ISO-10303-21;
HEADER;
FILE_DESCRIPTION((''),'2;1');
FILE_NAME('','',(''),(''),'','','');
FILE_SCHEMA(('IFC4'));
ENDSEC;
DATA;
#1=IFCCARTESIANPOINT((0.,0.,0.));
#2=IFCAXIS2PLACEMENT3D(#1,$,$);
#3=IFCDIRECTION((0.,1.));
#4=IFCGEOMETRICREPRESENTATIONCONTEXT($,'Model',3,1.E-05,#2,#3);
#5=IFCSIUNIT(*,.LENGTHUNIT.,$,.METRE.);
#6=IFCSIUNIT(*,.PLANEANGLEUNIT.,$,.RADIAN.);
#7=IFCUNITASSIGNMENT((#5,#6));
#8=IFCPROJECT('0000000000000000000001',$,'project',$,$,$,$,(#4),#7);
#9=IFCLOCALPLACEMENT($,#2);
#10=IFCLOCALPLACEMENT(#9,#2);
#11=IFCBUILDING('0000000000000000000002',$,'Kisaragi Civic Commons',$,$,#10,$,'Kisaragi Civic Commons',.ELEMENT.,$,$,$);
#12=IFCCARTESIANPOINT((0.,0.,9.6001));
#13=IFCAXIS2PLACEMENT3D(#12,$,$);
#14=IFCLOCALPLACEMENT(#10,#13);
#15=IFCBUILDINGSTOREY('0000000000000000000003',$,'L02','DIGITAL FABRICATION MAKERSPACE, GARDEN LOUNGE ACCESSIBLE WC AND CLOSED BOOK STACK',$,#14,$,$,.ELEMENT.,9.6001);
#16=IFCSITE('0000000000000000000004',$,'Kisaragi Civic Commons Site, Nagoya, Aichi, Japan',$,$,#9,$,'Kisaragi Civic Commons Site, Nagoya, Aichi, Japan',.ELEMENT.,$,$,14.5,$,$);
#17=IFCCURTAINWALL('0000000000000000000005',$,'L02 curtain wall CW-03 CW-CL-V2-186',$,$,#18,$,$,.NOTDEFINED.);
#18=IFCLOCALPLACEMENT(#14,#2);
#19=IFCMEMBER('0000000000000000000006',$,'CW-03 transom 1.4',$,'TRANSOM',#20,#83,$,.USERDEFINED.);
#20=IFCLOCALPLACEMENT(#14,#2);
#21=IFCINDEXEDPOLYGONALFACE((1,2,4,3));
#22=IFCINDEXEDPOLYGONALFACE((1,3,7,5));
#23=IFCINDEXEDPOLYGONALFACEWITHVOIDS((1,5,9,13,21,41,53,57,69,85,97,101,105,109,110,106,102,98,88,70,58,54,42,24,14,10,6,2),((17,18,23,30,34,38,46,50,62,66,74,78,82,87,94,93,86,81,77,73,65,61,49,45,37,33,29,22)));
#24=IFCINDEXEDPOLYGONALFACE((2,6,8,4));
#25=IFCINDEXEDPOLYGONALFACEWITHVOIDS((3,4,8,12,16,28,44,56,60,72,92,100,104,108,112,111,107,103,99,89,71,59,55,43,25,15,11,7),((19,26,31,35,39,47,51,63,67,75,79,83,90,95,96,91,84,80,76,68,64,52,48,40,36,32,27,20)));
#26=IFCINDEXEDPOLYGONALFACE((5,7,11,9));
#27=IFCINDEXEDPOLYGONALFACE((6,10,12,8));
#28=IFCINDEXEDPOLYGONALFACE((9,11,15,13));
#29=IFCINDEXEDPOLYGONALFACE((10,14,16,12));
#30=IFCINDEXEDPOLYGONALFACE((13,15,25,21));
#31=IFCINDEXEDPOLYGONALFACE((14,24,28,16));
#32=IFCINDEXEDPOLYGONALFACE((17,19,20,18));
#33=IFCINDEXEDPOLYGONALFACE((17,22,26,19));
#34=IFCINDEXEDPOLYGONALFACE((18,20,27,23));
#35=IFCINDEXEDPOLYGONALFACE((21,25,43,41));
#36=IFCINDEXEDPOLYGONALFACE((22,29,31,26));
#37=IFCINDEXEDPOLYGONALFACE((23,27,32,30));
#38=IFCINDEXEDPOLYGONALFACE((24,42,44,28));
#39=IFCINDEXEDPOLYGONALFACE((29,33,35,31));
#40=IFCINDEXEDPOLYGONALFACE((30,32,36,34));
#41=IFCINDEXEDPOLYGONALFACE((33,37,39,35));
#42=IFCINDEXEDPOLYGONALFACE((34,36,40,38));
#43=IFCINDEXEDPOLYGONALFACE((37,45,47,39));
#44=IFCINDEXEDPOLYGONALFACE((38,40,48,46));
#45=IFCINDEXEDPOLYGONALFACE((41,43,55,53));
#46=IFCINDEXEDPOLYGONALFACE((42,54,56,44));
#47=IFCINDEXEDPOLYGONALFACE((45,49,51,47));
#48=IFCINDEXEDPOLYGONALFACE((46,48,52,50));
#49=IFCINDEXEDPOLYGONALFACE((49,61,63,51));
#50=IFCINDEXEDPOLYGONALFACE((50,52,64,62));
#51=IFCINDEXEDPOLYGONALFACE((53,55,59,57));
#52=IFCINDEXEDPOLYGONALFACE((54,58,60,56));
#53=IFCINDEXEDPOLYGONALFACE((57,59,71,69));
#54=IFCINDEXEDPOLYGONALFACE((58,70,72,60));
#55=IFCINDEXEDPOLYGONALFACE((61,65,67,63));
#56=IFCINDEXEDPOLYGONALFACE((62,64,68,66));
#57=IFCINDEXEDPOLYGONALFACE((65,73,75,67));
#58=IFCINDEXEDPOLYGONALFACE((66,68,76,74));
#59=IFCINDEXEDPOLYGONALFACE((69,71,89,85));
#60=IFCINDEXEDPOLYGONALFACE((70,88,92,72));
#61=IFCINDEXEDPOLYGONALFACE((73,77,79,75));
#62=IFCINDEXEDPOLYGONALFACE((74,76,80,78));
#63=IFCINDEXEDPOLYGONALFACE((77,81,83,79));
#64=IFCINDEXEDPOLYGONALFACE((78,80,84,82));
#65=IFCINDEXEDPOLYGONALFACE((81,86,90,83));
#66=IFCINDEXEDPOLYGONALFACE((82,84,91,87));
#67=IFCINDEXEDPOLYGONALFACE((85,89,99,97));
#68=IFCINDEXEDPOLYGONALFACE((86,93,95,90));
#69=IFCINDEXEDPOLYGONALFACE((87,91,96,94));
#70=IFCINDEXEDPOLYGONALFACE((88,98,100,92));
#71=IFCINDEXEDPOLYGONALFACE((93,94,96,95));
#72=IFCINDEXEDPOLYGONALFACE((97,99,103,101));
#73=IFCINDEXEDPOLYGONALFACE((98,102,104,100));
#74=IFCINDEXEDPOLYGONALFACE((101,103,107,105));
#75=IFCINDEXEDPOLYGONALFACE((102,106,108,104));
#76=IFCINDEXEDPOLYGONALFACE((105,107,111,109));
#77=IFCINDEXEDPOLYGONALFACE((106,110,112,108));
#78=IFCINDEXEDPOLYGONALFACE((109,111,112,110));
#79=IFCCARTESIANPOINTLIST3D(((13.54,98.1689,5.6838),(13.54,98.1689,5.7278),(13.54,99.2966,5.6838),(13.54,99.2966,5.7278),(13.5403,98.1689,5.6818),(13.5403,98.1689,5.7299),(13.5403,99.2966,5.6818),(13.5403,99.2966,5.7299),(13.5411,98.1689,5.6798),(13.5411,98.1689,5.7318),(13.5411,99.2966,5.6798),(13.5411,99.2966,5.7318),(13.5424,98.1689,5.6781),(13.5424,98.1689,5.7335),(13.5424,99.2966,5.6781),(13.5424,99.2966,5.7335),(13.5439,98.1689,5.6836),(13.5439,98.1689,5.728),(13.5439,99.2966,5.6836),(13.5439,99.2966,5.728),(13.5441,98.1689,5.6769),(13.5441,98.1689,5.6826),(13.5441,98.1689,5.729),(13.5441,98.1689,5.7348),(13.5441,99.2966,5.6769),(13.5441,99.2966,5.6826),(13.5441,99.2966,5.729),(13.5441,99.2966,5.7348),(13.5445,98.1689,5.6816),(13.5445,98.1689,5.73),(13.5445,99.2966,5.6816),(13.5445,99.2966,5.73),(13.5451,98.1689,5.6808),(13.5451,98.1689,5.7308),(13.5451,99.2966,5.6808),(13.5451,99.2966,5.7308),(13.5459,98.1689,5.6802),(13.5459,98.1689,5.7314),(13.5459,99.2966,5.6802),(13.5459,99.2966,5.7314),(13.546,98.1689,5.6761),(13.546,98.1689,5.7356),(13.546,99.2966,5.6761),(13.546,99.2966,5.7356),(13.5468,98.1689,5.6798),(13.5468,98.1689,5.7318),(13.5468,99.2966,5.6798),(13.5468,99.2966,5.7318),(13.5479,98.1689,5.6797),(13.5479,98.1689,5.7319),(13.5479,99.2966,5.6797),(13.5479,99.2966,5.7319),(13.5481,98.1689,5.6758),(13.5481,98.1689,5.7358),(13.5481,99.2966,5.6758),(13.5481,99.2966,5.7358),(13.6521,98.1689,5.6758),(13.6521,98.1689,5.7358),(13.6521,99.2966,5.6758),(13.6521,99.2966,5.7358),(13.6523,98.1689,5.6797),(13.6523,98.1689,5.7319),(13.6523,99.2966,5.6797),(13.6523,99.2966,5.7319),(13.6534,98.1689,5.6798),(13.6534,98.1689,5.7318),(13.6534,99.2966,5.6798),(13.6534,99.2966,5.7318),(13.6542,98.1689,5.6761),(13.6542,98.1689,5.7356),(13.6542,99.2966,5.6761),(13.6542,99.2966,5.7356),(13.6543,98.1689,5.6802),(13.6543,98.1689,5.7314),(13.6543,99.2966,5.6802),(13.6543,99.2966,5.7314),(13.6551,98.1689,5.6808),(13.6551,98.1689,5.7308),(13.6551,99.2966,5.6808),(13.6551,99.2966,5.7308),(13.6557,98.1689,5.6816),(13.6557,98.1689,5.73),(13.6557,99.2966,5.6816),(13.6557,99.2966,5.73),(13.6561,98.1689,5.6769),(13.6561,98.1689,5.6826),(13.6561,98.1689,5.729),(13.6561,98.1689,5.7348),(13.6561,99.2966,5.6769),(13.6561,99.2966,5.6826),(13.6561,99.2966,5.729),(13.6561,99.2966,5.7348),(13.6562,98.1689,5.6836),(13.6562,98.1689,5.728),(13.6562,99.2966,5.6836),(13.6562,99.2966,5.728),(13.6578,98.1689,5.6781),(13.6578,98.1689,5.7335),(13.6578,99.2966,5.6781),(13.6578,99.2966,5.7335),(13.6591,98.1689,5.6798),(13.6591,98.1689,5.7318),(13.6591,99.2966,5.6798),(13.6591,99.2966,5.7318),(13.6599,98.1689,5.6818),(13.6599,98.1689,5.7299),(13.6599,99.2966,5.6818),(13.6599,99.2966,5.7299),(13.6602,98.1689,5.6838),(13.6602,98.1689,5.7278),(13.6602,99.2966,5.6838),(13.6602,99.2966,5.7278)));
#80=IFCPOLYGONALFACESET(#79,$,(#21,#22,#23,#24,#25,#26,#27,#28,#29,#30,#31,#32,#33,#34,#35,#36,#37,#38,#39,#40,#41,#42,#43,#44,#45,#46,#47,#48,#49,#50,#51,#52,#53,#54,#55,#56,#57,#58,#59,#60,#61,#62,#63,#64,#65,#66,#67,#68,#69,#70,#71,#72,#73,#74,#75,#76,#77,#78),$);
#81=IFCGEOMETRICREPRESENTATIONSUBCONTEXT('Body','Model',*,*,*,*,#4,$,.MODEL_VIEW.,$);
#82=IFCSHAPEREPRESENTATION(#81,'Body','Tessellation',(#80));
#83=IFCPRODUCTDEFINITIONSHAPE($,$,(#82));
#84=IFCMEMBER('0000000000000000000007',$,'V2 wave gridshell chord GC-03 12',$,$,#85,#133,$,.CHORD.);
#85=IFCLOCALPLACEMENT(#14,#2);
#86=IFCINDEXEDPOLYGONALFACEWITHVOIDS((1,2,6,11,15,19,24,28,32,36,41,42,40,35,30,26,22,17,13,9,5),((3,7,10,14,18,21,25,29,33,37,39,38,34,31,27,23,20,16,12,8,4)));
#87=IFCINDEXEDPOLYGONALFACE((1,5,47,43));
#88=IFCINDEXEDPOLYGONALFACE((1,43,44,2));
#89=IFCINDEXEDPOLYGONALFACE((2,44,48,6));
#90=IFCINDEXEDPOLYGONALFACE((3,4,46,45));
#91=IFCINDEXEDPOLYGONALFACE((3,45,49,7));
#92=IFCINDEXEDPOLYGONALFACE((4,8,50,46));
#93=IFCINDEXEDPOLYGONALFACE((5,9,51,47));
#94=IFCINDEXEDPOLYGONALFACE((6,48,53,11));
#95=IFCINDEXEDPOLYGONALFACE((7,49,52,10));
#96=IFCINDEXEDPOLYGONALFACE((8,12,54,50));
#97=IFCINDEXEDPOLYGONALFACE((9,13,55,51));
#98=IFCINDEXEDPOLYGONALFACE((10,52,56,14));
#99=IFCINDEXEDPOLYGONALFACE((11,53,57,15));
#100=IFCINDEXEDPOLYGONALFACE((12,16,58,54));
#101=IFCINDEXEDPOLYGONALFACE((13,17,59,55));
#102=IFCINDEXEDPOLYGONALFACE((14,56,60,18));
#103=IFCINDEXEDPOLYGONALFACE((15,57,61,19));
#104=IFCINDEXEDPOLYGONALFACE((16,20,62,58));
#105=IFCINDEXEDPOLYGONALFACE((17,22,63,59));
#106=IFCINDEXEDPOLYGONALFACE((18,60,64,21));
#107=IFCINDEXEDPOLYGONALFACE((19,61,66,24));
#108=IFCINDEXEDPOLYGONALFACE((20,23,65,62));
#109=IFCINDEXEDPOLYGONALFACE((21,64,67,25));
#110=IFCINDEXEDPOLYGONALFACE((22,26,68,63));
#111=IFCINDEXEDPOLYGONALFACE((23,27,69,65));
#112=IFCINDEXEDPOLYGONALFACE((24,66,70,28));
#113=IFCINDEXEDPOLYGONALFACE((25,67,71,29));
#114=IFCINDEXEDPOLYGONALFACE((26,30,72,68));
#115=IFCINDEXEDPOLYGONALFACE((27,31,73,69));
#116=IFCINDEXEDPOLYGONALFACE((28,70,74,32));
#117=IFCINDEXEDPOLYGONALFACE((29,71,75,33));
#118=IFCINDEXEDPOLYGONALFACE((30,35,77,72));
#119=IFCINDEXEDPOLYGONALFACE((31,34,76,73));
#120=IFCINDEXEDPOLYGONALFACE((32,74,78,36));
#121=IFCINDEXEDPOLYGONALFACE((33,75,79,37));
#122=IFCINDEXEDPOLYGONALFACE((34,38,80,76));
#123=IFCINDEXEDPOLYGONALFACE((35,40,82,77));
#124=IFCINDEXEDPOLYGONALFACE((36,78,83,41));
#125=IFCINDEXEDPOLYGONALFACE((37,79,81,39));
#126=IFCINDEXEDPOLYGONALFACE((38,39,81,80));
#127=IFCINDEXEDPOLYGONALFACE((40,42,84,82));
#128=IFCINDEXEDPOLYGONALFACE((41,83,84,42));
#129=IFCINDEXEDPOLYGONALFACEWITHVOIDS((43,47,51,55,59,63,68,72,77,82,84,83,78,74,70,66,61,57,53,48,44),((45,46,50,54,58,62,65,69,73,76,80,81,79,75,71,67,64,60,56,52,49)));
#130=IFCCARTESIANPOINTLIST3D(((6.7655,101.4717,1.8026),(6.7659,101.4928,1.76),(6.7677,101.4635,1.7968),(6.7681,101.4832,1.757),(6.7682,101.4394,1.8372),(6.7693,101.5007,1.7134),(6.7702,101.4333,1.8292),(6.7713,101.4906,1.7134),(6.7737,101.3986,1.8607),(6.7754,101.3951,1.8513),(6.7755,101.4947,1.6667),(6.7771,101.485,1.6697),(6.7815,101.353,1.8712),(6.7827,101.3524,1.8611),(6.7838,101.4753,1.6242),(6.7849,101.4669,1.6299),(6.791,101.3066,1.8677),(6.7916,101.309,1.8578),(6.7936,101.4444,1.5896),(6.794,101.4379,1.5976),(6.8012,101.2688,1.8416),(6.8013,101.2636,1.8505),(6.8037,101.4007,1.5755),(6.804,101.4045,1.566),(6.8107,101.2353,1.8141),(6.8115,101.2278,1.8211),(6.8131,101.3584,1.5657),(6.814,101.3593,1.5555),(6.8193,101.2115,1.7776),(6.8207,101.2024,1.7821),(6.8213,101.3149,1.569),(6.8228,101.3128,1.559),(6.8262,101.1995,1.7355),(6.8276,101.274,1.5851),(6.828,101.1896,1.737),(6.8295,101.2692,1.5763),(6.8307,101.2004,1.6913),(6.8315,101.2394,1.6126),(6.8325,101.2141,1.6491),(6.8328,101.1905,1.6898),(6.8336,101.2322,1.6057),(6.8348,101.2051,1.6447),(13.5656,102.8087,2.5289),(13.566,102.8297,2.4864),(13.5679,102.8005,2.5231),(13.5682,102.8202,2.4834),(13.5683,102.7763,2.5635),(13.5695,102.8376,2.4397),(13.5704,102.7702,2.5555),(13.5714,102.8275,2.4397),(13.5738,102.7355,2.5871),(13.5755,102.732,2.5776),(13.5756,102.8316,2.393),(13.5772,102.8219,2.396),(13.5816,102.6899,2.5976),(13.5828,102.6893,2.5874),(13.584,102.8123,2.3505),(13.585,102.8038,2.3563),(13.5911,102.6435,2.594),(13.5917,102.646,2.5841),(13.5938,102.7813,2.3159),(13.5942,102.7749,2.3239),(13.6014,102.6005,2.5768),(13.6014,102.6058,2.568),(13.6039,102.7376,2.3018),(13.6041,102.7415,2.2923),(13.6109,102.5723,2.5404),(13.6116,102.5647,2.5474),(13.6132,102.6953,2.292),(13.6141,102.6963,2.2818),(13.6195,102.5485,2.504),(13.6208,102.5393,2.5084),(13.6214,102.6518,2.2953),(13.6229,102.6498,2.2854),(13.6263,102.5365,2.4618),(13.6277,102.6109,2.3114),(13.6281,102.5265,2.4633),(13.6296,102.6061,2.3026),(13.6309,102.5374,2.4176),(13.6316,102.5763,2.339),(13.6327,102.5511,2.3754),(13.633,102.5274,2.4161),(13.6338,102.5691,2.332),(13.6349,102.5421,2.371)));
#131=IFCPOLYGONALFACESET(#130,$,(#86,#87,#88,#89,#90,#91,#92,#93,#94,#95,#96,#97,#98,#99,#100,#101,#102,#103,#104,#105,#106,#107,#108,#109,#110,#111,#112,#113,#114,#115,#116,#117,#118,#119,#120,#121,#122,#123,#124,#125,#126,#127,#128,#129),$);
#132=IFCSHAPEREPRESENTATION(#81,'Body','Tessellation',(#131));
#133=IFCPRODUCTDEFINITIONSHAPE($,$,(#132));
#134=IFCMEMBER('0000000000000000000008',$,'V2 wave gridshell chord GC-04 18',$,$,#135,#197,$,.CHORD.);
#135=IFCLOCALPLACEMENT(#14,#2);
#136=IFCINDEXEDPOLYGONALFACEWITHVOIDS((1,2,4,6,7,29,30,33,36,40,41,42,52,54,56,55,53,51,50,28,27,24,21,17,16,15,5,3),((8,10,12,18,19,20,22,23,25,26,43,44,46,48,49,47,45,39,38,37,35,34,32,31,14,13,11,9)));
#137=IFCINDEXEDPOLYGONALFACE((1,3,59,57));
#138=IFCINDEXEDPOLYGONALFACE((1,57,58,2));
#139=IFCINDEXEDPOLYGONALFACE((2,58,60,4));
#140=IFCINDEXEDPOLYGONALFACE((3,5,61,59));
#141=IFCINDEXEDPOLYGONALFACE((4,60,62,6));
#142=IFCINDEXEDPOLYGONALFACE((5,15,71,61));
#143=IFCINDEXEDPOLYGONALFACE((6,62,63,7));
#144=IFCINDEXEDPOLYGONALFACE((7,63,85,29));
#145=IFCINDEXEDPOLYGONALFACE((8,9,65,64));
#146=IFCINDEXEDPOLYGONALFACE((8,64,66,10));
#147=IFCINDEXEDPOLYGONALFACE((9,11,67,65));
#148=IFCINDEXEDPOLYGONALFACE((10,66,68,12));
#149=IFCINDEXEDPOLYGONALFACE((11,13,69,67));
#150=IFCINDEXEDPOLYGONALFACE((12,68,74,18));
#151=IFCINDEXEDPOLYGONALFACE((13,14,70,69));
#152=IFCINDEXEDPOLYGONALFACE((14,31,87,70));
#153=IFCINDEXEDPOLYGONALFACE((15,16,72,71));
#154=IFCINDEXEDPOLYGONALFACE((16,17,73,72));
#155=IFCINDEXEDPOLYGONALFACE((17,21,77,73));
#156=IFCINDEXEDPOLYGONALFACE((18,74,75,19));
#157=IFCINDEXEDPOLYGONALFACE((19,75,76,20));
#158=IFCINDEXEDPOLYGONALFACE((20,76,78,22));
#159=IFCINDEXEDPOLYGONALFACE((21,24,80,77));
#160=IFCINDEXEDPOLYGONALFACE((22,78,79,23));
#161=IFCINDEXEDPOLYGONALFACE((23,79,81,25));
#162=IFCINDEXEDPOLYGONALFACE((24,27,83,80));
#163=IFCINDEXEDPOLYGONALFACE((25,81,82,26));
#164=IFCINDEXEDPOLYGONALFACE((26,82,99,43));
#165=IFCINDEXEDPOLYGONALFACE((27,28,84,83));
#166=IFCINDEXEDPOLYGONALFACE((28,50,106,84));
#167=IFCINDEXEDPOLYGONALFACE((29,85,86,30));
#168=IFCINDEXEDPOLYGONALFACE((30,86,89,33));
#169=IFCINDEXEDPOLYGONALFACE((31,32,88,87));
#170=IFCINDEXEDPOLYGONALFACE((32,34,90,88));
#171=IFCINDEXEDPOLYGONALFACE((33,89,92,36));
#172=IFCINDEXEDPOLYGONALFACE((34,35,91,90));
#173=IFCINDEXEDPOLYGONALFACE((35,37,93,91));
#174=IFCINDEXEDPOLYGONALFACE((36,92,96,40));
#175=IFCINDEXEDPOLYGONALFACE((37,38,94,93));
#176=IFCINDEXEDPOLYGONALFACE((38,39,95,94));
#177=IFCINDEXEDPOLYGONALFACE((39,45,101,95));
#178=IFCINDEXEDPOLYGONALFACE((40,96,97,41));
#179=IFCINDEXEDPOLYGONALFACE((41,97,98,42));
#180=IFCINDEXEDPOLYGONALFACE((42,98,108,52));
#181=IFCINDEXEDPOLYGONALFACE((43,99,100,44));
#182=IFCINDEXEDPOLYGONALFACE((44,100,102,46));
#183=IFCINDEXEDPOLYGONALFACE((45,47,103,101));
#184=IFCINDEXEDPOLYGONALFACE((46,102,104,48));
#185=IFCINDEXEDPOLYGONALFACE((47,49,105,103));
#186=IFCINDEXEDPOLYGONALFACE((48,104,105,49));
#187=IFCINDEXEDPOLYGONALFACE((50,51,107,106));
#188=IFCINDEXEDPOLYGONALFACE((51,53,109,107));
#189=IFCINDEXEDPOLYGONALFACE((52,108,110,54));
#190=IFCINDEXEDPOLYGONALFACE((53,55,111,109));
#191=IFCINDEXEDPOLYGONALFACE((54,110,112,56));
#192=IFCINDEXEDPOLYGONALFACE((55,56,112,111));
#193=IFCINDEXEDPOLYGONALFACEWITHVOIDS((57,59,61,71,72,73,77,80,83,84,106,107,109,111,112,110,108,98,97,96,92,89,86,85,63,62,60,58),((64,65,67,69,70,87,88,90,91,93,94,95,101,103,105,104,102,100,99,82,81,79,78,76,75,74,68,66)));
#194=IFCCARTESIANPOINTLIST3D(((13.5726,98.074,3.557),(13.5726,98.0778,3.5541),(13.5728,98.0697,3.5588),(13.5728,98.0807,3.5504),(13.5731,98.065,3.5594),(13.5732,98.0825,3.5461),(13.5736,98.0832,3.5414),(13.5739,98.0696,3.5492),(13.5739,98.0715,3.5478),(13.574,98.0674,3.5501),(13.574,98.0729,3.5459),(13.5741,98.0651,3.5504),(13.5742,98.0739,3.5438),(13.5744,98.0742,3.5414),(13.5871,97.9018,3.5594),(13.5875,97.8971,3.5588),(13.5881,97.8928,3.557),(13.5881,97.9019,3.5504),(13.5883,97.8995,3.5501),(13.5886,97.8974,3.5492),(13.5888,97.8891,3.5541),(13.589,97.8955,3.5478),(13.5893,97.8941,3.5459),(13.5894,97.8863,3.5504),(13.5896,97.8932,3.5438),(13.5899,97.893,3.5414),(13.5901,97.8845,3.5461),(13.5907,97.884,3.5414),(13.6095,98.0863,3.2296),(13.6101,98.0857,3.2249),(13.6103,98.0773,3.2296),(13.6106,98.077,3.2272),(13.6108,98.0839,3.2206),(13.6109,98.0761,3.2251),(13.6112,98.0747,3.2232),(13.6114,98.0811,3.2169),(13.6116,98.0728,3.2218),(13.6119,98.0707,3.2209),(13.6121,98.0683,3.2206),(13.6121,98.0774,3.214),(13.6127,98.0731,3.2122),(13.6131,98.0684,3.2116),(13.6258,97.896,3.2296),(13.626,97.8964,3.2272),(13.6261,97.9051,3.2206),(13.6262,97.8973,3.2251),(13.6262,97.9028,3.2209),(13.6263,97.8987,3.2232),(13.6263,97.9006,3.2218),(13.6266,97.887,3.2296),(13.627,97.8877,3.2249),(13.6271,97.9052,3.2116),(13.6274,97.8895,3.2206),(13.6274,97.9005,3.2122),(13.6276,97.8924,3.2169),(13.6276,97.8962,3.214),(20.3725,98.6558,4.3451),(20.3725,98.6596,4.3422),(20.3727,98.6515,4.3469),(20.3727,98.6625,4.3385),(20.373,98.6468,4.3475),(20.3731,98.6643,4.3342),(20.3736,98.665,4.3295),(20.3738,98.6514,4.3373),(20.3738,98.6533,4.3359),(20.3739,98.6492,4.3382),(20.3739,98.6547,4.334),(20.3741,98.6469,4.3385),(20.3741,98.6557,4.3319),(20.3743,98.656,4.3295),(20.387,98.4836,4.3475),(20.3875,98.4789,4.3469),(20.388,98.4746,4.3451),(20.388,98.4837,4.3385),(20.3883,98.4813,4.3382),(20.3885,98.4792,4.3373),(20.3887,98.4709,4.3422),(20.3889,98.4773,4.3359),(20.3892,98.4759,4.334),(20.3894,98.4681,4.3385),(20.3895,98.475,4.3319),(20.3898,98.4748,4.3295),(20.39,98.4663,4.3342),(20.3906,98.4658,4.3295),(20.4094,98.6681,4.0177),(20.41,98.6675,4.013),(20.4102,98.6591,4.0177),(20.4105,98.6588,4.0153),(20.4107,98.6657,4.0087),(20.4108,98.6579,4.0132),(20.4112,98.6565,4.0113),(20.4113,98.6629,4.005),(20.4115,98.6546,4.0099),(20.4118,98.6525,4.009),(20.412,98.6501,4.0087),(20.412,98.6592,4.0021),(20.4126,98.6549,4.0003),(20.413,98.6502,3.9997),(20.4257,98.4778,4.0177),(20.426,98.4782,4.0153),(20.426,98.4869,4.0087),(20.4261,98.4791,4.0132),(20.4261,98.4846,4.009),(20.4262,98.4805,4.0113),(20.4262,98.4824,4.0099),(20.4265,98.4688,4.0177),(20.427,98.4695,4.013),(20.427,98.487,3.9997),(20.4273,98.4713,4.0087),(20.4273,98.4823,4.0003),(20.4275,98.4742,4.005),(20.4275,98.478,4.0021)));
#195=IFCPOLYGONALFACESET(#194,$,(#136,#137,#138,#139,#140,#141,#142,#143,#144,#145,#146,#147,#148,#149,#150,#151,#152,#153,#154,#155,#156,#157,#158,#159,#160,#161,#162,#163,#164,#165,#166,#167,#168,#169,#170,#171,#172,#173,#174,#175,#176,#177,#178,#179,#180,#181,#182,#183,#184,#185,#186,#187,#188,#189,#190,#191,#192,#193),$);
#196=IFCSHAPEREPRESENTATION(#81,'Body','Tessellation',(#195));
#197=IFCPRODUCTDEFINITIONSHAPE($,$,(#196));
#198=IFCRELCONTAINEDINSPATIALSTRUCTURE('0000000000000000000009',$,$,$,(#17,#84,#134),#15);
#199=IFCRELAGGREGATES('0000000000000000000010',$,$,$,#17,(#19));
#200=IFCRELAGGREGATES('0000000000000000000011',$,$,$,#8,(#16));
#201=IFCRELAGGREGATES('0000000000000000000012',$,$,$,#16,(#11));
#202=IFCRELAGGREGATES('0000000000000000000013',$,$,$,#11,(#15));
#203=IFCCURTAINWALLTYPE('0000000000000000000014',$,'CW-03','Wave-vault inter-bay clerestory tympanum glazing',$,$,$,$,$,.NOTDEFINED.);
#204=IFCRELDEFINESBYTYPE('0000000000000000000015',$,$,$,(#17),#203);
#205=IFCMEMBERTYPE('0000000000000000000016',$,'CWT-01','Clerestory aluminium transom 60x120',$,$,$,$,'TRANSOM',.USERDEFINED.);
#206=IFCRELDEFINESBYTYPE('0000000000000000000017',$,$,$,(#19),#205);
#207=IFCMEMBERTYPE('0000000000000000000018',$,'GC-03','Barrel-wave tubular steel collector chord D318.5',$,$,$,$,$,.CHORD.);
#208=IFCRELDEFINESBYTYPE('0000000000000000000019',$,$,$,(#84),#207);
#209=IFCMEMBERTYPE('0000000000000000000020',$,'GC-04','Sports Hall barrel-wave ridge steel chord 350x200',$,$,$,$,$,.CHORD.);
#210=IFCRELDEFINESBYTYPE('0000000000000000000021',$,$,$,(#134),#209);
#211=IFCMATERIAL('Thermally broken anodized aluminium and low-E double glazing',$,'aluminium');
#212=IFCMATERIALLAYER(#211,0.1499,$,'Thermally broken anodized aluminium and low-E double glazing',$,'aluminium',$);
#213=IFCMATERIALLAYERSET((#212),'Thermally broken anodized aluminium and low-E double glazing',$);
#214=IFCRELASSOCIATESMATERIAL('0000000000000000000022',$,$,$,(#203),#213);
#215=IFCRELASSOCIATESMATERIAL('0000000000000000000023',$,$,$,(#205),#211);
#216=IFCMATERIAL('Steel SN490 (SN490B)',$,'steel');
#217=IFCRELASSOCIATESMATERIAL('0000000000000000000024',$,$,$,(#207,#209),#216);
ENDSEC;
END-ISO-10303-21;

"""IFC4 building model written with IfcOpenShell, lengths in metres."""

from ifc_helpers import new_model, si_unit, direction, frame, origin, origin_2d, place, context, subcontext, project, spatial, hollow_rectangle, hollow_circle, extrude, material, layer, layer_set, material_profile, profile_set, type_object, element, aggregate, save


model = new_model("IFC4")

# Units and contexts
model_context = context("Model", 3, precision=1e-05, world=origin(), true_north=direction((0.0, 1.0)))
body_context = subcontext(model_context, "Body", "Model", "MODEL_VIEW")
ifc_project = project(units=[si_unit("LENGTHUNIT", "METRE"), si_unit("PLANEANGLEUNIT", "RADIAN")], contexts=[model_context])

# Site, building, storey
site_placement = place(None, origin())
site = spatial("IfcSite", under=ifc_project, at=site_placement, Name="Kisaragi Civic Commons Site, Nagoya, Aichi, Japan", LongName="Kisaragi Civic Commons Site, Nagoya, Aichi, Japan", CompositionType="ELEMENT", RefElevation=14.5)
building_placement = place(site_placement, origin())
building = spatial("IfcBuilding", under=site, at=building_placement, Name="Kisaragi Civic Commons", LongName="Kisaragi Civic Commons", CompositionType="ELEMENT")
storey_placement = place(building_placement, frame((0.0, 0.0, 9.6001)))
storey = spatial("IfcBuildingStorey", under=building, at=storey_placement, Name="L02", Description="DIGITAL FABRICATION MAKERSPACE, GARDEN LOUNGE ACCESSIBLE WC AND CLOSED BOOK STACK", CompositionType="ELEMENT", Elevation=9.6001)

# Shared definitions
ifc_material_1 = material(Name="Thermally broken anodized aluminium and low-E double glazing", Category="aluminium")
ifc_layer_1 = layer(ifc_material_1, 0.1499, Name="Thermally broken anodized aluminium and low-E double glazing", Category="aluminium")
ifc_layer_set_1 = layer_set([ifc_layer_1], Name="Thermally broken anodized aluminium and low-E double glazing")
curtain_wall_type = type_object("IfcCurtainWallType", Name="CW-03", Description="Wave-vault inter-bay clerestory tympanum glazing", PredefinedType="NOTDEFINED", material=ifc_layer_set_1)

# Curtain wall
curtain_wall_1_placement = place(storey_placement, origin())
curtain_wall_1 = element("IfcCurtainWall", 1, at=curtain_wall_1_placement, inside=storey, type_object=curtain_wall_type, Name="L02 curtain wall CW-03 CW-CL-V2-186", PredefinedType="NOTDEFINED")

# Member
ifc_material_profile_1 = material_profile(ifc_material_1, hollow_rectangle(XDim=0.1201, YDim=0.0601, WallThickness=0.0039, InnerFilletRadius=0.0039, OuterFilletRadius=0.0081, at=origin_2d()), Name="CWT-60x120x4", Category="aluminium")
ifc_profile_set_1 = profile_set([ifc_material_profile_1], Name="Thermally broken anodized aluminium and low-E double glazing")
member_type_1 = type_object("IfcMemberType", Name="CWT-01", Description="Clerestory aluminium transom 60x120", ElementType="TRANSOM", PredefinedType="USERDEFINED", material=ifc_profile_set_1)
member_1_placement = place(storey_placement, frame((13.6001, 98.1689, 5.7058), z_axis=(0.0, 1.0, 0.0), x_axis=(-1.0, 0.0, 0.0)))
member_1 = element("IfcMember", 2, at=member_1_placement, type_object=member_type_1, Name="CW-03 transom 1.4", ObjectType="TRANSOM", PredefinedType="USERDEFINED", context=body_context, shape_type="SweptSolid", body=[
    extrude(hollow_rectangle(XDim=0.1201, YDim=0.0601, WallThickness=0.0039, InnerFilletRadius=0.0039, OuterFilletRadius=0.0081, at=origin_2d()), origin(), (0.0, 0.0, 1.0), 1.1277),
])

# Members
ifc_material_2 = material(Name="Steel SN490 (SN490B)", Category="steel")
ifc_material_profile_2 = material_profile(ifc_material_2, hollow_circle(Radius=0.1592, WallThickness=0.0103, at=origin_2d()), Name="CHS-318.5x10.3", Category="steel")
ifc_profile_set_2 = profile_set([ifc_material_profile_2], Name="Steel SN490 (SN490B)")
member_type_2 = type_object("IfcMemberType", Name="GC-03", Description="Barrel-wave tubular steel collector chord D318.5", PredefinedType="CHORD", material=ifc_profile_set_2)
member_2_placement = place(storey_placement, frame((6.8, 101.3445, 1.7134), z_axis=(0.975871, 0.19186, 0.104234), x_axis=(-0.192911, 0.981216, 0.0)))
element("IfcMember", 3, at=member_2_placement, inside=storey, type_object=member_type_2, Name="V2 wave gridshell chord GC-03 12", PredefinedType="CHORD", context=body_context, shape_type="SweptSolid", body=[
    extrude(hollow_circle(Radius=0.1592, WallThickness=0.0103, at=origin_2d()), origin(), (0.0, 0.0, 1.0), 6.9683),
])
ifc_material_profile_3 = material_profile(ifc_material_2, hollow_rectangle(XDim=0.2, YDim=0.3501, WallThickness=0.009, InnerFilletRadius=0.009, OuterFilletRadius=0.0181, at=origin_2d()), Name="STKR-350x200x9", Category="steel")
ifc_profile_set_3 = profile_set([ifc_material_profile_3], Name="Steel SN490 (SN490B)")
member_type_3 = type_object("IfcMemberType", Name="GC-04", Description="Sports Hall barrel-wave ridge steel chord 350x200", PredefinedType="CHORD", material=ifc_profile_set_3)
member_3_placement = place(storey_placement, frame((13.6001, 97.9851, 3.3855), z_axis=(0.989782, 0.084685, 0.114714), x_axis=(-0.085248, 0.99636, 0.0)))
element("IfcMember", 4, at=member_3_placement, inside=storey, type_object=member_type_3, Name="V2 wave gridshell chord GC-04 18", PredefinedType="CHORD", context=body_context, shape_type="SweptSolid", body=[
    extrude(hollow_rectangle(XDim=0.2, YDim=0.3501, WallThickness=0.009, InnerFilletRadius=0.009, OuterFilletRadius=0.0181, at=origin_2d()), origin(), (0.0, 0.0, 1.0), 6.8701),
])

aggregate(curtain_wall_1, [member_1])

save(model, "model.ifc")
